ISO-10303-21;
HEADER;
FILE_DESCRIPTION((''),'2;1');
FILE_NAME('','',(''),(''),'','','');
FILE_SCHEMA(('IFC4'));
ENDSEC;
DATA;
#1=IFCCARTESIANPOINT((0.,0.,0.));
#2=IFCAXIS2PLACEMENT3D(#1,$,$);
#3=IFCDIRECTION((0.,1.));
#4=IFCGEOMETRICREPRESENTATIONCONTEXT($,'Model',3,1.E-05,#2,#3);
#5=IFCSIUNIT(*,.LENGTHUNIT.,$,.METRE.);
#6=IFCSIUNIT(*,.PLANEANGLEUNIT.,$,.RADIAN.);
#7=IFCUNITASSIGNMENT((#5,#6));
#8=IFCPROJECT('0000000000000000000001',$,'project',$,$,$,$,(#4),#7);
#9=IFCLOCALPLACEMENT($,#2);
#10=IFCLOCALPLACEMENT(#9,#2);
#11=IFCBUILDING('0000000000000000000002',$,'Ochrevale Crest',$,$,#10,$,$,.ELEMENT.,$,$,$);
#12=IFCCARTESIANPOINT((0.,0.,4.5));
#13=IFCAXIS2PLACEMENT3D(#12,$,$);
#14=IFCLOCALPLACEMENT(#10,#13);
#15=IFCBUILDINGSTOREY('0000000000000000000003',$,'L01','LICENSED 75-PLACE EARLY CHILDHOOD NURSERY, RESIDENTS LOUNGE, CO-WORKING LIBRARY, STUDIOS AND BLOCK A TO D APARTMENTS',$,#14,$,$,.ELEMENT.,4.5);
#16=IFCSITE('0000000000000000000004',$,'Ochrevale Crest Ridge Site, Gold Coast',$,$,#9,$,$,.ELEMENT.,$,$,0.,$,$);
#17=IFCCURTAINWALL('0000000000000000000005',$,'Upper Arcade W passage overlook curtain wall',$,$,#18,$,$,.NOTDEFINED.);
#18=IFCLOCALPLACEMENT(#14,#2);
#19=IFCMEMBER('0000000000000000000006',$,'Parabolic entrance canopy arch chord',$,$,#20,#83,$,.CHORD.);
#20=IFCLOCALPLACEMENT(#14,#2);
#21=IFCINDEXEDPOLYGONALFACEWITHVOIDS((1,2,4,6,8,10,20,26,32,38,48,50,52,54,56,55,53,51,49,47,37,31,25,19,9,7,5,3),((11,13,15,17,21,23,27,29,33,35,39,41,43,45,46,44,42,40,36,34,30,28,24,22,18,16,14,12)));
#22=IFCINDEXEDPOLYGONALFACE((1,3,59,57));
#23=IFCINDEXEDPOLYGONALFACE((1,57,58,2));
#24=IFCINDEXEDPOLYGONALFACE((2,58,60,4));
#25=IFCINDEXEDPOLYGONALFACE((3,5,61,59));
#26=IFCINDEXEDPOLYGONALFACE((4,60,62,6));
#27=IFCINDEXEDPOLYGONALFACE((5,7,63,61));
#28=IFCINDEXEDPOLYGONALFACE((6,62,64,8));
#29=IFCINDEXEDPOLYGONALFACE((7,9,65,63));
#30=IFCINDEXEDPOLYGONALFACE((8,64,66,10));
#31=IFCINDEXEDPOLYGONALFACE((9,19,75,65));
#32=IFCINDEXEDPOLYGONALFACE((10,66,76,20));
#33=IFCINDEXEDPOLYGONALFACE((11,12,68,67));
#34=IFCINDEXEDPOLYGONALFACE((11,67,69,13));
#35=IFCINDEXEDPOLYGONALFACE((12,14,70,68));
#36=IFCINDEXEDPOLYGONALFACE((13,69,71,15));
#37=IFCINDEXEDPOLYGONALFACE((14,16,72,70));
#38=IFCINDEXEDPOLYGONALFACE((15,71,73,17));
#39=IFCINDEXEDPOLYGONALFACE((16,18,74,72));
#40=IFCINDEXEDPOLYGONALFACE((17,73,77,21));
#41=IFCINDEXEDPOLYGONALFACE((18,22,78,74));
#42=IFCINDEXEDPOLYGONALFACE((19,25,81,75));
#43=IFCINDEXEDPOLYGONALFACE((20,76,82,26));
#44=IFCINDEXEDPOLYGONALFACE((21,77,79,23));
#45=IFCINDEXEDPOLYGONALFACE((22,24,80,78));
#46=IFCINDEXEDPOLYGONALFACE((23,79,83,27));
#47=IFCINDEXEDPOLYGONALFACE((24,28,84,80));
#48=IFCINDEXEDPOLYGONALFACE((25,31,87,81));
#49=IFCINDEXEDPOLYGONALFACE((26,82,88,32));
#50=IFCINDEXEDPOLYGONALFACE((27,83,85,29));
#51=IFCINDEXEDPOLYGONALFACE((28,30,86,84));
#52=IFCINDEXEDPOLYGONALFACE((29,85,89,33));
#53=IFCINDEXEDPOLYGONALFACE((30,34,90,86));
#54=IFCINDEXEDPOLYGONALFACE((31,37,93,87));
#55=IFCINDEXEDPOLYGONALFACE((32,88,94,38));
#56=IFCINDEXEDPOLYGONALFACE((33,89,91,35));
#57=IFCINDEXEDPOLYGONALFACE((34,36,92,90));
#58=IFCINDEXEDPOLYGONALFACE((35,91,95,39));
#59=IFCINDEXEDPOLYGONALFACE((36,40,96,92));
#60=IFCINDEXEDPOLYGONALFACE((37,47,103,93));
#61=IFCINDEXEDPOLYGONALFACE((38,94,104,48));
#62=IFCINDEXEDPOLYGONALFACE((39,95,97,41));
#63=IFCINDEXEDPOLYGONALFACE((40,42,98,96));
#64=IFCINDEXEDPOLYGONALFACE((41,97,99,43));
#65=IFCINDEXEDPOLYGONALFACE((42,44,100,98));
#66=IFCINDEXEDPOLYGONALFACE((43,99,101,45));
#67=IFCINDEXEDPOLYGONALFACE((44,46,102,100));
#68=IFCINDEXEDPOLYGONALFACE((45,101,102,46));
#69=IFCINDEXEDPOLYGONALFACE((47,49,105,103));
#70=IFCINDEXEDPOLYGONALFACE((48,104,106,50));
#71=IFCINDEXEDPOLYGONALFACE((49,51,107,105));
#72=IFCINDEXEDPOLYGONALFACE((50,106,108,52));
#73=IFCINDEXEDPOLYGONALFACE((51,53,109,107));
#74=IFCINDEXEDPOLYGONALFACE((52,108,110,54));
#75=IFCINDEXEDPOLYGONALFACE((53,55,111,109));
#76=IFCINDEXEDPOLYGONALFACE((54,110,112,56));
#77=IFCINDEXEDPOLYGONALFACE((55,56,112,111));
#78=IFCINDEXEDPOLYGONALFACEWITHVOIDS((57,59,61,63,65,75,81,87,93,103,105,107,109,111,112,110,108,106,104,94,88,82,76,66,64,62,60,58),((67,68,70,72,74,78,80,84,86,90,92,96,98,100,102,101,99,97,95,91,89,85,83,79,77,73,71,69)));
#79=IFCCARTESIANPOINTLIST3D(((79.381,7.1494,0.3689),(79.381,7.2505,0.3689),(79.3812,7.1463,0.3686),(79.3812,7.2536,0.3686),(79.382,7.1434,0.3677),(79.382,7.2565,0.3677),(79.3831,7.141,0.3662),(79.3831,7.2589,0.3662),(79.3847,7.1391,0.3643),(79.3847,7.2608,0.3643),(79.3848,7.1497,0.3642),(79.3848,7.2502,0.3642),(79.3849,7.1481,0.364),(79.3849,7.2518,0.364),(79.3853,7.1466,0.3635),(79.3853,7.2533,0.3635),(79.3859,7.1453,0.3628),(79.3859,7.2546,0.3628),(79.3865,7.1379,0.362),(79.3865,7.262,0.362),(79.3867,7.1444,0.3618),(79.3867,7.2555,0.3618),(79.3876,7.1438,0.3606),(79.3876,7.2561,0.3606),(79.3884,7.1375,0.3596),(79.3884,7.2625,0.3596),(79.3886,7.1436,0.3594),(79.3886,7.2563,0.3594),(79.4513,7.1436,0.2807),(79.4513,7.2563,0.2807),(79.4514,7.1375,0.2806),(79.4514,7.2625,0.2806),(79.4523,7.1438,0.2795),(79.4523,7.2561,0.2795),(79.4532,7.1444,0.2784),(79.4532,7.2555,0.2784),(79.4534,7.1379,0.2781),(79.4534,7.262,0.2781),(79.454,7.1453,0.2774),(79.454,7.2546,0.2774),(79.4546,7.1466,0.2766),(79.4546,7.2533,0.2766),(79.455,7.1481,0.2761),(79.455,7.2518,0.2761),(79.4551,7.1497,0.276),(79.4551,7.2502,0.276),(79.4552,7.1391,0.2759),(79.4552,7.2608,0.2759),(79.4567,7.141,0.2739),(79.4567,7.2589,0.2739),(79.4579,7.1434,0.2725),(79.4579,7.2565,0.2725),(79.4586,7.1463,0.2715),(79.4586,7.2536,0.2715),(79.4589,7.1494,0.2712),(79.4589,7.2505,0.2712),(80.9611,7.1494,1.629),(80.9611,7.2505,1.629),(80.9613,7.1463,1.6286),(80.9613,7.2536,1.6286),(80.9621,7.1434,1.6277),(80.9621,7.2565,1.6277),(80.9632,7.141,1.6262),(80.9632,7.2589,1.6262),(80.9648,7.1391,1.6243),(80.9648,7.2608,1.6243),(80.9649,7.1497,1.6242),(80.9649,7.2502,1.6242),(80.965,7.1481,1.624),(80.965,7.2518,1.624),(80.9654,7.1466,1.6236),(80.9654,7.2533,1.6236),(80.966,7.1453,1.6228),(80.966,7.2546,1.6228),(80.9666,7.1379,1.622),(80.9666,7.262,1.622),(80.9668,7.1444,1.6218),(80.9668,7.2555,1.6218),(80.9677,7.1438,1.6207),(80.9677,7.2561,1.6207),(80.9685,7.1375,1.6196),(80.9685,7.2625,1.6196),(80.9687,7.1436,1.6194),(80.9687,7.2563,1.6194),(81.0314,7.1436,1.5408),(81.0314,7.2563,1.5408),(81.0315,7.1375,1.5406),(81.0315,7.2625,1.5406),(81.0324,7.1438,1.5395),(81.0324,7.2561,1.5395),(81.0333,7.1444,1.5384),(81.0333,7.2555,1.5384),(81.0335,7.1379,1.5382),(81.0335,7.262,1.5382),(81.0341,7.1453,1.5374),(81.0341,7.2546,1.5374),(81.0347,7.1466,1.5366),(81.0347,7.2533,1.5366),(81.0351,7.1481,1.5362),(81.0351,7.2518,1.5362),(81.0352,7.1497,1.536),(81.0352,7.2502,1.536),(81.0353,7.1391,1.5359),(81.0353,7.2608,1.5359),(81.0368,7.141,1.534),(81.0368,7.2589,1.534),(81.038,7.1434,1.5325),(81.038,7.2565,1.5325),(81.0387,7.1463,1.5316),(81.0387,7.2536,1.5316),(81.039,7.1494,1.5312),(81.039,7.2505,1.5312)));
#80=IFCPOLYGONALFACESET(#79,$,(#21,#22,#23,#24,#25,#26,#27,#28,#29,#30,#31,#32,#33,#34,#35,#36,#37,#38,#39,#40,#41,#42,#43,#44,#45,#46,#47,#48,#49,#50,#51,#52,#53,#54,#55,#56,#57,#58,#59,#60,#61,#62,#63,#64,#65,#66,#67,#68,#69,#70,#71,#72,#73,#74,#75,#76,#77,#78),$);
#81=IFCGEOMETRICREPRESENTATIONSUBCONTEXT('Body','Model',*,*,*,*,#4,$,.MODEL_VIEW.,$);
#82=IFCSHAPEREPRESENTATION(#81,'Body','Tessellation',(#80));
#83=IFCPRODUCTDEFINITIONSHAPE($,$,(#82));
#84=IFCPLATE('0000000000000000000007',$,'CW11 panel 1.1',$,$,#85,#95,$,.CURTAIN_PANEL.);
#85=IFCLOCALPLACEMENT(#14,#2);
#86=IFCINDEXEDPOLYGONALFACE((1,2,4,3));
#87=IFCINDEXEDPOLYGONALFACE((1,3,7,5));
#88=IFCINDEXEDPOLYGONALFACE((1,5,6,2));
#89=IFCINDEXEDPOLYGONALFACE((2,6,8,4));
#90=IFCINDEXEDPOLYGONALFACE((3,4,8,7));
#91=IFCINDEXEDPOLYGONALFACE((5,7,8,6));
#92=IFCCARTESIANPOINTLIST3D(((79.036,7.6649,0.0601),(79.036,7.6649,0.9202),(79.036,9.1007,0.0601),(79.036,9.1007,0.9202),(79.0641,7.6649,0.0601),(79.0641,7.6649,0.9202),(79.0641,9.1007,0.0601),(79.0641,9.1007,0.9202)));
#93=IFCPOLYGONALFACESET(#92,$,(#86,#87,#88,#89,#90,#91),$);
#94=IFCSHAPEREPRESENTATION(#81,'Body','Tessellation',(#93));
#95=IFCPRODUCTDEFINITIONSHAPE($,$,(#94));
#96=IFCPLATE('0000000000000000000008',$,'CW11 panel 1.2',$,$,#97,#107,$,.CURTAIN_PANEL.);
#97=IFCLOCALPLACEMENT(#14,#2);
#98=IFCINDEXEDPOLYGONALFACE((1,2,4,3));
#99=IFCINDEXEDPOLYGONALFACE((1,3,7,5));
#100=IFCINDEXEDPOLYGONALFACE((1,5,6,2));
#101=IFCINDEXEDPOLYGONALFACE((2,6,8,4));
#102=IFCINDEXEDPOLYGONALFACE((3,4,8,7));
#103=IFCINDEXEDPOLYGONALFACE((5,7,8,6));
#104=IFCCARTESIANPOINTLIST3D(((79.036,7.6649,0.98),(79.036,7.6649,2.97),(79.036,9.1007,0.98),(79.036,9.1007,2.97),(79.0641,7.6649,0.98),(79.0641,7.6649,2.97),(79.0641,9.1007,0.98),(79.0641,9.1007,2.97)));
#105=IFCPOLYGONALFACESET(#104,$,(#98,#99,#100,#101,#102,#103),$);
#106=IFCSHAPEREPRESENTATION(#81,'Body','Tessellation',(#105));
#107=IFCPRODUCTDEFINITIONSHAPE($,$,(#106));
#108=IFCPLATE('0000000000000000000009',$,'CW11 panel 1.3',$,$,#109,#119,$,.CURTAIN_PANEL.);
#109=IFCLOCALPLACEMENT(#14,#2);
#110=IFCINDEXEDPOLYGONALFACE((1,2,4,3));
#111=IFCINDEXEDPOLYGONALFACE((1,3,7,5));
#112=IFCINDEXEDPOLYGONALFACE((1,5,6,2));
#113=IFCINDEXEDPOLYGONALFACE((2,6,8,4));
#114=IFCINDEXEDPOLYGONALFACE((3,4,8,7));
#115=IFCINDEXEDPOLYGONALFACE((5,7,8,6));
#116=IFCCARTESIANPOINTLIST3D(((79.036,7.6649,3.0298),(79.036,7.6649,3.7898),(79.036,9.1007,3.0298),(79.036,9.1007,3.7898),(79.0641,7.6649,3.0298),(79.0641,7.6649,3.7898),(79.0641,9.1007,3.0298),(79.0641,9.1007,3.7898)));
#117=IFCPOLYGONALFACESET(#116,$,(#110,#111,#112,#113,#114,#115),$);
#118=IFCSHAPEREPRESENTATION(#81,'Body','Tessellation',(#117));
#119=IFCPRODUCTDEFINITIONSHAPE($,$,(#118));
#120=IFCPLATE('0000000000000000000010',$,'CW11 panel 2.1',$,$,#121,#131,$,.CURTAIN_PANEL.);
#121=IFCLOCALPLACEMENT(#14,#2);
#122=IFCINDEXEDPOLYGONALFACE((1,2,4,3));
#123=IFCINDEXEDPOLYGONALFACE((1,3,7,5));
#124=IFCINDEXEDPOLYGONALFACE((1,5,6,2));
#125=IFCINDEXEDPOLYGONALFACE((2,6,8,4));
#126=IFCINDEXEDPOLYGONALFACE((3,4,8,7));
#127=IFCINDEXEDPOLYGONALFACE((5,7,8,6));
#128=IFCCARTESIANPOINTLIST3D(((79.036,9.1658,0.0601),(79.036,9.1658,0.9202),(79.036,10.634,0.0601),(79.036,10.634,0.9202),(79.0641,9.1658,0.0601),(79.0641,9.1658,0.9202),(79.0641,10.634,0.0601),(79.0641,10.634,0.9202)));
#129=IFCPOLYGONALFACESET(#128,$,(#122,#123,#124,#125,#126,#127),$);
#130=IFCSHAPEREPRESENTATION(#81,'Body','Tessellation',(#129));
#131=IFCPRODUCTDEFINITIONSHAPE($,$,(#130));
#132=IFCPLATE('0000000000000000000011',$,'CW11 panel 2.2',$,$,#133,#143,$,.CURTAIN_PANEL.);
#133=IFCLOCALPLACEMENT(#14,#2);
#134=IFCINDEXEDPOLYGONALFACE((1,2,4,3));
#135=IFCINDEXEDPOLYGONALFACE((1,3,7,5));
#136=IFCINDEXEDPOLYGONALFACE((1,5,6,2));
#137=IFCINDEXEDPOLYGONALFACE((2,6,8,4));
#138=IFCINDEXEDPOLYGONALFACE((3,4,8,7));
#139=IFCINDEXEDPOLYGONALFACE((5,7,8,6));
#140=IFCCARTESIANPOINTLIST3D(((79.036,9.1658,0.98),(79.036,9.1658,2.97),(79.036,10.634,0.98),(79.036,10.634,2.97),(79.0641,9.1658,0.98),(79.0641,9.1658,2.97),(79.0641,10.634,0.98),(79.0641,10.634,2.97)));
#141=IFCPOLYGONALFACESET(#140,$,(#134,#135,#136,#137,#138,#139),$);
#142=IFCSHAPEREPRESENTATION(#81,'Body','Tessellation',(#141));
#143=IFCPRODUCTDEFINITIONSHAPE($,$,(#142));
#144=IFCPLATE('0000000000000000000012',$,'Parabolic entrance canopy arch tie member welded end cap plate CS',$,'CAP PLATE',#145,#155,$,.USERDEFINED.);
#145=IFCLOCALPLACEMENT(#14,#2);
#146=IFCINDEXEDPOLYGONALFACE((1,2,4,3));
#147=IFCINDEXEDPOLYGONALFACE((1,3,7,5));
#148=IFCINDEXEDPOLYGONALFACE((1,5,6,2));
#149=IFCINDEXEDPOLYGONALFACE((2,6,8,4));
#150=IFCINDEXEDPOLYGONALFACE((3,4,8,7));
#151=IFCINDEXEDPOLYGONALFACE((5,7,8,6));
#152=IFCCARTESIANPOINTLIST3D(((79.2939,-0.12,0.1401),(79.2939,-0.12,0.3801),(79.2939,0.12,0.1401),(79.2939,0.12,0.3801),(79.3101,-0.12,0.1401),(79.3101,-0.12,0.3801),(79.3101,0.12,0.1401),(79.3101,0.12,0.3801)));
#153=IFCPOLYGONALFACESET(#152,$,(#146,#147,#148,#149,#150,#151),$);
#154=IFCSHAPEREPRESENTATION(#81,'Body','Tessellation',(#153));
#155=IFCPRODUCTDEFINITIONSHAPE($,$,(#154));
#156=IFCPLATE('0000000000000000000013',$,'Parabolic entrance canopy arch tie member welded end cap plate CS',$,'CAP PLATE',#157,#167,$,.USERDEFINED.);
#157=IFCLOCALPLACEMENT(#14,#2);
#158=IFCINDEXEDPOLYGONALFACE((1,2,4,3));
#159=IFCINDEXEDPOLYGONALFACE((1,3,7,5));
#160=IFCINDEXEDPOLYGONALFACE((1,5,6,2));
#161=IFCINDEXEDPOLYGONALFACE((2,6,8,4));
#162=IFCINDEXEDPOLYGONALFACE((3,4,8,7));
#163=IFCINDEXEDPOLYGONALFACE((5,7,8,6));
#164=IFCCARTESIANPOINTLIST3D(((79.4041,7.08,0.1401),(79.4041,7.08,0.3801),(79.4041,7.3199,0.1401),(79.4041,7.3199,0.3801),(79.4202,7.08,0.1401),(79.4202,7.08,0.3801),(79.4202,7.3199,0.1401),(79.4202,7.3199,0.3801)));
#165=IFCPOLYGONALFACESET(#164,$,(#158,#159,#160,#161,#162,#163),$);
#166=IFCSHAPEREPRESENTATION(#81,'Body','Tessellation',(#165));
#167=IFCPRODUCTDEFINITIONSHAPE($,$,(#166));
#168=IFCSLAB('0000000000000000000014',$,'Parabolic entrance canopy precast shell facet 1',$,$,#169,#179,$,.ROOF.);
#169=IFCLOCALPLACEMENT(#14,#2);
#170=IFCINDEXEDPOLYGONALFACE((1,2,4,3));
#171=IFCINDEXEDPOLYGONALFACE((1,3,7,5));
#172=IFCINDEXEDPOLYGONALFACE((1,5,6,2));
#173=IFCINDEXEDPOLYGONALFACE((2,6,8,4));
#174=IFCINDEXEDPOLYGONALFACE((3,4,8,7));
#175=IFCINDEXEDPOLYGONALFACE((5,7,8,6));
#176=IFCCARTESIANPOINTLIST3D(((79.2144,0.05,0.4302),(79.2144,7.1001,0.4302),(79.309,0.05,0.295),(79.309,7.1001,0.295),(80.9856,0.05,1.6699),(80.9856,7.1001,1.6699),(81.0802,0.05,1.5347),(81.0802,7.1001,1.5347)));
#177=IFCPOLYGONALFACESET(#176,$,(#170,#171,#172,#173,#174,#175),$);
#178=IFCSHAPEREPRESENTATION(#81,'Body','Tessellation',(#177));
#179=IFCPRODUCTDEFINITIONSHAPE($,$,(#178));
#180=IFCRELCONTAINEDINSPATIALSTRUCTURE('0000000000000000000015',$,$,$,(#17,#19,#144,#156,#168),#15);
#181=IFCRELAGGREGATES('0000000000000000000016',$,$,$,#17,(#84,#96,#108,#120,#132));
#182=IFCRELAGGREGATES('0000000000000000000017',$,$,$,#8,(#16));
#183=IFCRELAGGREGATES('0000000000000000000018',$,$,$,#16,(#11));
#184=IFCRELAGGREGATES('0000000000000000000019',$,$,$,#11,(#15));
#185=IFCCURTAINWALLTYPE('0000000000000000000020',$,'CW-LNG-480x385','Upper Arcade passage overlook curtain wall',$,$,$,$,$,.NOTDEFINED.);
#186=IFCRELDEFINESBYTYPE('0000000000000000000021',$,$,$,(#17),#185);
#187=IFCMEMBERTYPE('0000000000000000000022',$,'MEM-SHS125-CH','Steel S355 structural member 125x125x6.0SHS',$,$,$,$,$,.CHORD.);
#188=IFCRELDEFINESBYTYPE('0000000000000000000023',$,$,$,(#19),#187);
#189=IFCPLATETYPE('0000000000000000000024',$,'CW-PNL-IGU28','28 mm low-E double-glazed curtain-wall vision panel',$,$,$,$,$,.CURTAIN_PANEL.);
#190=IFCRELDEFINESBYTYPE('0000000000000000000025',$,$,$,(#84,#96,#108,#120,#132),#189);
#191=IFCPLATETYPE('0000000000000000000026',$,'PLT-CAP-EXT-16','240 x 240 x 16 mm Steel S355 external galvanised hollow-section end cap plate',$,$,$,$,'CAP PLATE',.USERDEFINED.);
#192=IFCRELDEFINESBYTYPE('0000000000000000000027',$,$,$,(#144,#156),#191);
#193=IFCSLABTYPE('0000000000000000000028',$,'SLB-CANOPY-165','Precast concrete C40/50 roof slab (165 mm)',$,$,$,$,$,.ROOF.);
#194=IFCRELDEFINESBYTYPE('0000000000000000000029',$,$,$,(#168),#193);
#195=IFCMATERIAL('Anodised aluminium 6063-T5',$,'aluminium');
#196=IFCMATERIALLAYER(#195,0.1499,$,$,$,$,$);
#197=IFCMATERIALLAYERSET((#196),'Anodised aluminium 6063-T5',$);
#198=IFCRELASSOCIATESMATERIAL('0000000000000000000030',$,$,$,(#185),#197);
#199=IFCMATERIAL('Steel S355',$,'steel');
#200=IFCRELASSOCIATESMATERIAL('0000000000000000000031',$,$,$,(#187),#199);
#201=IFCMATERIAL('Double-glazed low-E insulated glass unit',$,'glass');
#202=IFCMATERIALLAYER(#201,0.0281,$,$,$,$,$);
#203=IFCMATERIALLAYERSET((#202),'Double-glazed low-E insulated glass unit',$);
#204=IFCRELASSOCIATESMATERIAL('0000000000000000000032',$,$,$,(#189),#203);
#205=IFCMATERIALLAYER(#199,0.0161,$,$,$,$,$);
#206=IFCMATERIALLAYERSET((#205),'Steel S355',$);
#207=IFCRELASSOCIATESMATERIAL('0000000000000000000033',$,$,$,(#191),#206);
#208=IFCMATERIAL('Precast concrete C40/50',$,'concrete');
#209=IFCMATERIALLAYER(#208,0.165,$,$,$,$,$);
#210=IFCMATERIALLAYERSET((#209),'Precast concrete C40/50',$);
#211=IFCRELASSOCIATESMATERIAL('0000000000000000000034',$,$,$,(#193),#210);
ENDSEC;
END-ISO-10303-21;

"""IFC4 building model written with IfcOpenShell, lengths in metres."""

from ifc_helpers import new_model, si_unit, direction, frame, origin, origin_2d, place, context, subcontext, project, spatial, polyline, rectangle, hollow_rectangle, outline, extrude, material, layer, layer_set, material_profile, profile_set, type_object, element, aggregate, save


model = new_model("IFC4")

# Units and contexts
model_context = context("Model", 3, precision=1e-05, world=origin(), true_north=direction((0.0, 1.0)))
body_context = subcontext(model_context, "Body", "Model", "MODEL_VIEW")
ifc_project = project(units=[si_unit("LENGTHUNIT", "METRE"), si_unit("PLANEANGLEUNIT", "RADIAN")], contexts=[model_context])

# Site, building, storey
site_placement = place(None, origin())
site = spatial("IfcSite", under=ifc_project, at=site_placement, Name="Ochrevale Crest Ridge Site, Gold Coast", CompositionType="ELEMENT", RefElevation=0.0)
building_placement = place(site_placement, origin())
building = spatial("IfcBuilding", under=site, at=building_placement, Name="Ochrevale Crest", CompositionType="ELEMENT")
storey_placement = place(building_placement, frame((0.0, 0.0, 4.5)))
storey = spatial("IfcBuildingStorey", under=building, at=storey_placement, Name="L01", Description="LICENSED 75-PLACE EARLY CHILDHOOD NURSERY, RESIDENTS LOUNGE, CO-WORKING LIBRARY, STUDIOS AND BLOCK A TO D APARTMENTS", CompositionType="ELEMENT", Elevation=4.5)

# Shared definitions
ifc_material_1 = material(Name="Precast concrete C40/50", Category="concrete")

# Shared definitions
ifc_material_2 = material(Name="Steel S355", Category="steel")

# Curtain wall
ifc_material_3 = material(Name="Anodised aluminium 6063-T5", Category="aluminium")
ifc_layer_1 = layer(ifc_material_3, 0.1499)
ifc_layer_set_1 = layer_set([ifc_layer_1], Name="Anodised aluminium 6063-T5")
curtain_wall_type = type_object("IfcCurtainWallType", Name="CW-LNG-480x385", Description="Upper Arcade passage overlook curtain wall", PredefinedType="NOTDEFINED", material=ifc_layer_set_1)
curtain_wall_placement = place(storey_placement, origin())
curtain_wall = element("IfcCurtainWall", 1, at=curtain_wall_placement, inside=storey, type_object=curtain_wall_type, Name="Upper Arcade W passage overlook curtain wall", PredefinedType="NOTDEFINED")

# Member
ifc_material_profile_1 = material_profile(ifc_material_2, hollow_rectangle(XDim=0.125, YDim=0.125, WallThickness=0.0061, InnerFilletRadius=0.0061, OuterFilletRadius=0.012, at=origin_2d()), Name="125x125x6.0SHS")
ifc_profile_set_1 = profile_set([ifc_material_profile_1], Name="Steel S355")
member_type_1 = type_object("IfcMemberType", Name="MEM-SHS125-CH", Description="Steel S355 structural member 125x125x6.0SHS", PredefinedType="CHORD", material=ifc_profile_set_1)
member_1_placement = place(storey_placement, frame((79.4199, 7.2, 0.3201), z_axis=(0.781846, 0.0, 0.623472), x_axis=(0.0, 1.0, 0.0)))
element("IfcMember", 2, at=member_1_placement, inside=storey, type_object=member_type_1, Name="Parabolic entrance canopy arch chord", PredefinedType="CHORD", context=body_context, shape_type="SweptSolid", body=[
    extrude(hollow_rectangle(XDim=0.125, YDim=0.125, WallThickness=0.0061, InnerFilletRadius=0.0061, OuterFilletRadius=0.012, at=origin_2d()), origin(), (0.0, 0.0, 1.0), 2.021),
])

# Plates
ifc_material_4 = material(Name="Double-glazed low-E insulated glass unit", Category="glass")
ifc_layer_2 = layer(ifc_material_4, 0.0281)
ifc_layer_set_2 = layer_set([ifc_layer_2], Name="Double-glazed low-E insulated glass unit")
plate_type_1 = type_object("IfcPlateType", Name="CW-PNL-IGU28", Description="28 mm low-E double-glazed curtain-wall vision panel", PredefinedType="CURTAIN_PANEL", material=ifc_layer_set_2)
plate_1_placement = place(storey_placement, frame((79.05, 8.3828, 0.0601), z_axis=(0.0, 0.0, 1.0), x_axis=(0.0, 1.0, 0.0)))
plate_1 = element("IfcPlate", 3, at=plate_1_placement, type_object=plate_type_1, Name="CW11 panel 1.1", PredefinedType="CURTAIN_PANEL", context=body_context, shape_type="SweptSolid", body=[
    extrude(rectangle(XDim=1.4358, YDim=0.0281, at=origin_2d()), origin(), (0.0, 0.0, 1.0), 0.8601),
])
plate_2_placement = place(storey_placement, frame((79.05, 8.3828, 0.98), z_axis=(0.0, 0.0, 1.0), x_axis=(0.0, 1.0, 0.0)))
plate_2 = element("IfcPlate", 4, at=plate_2_placement, type_object=plate_type_1, Name="CW11 panel 1.2", PredefinedType="CURTAIN_PANEL", context=body_context, shape_type="SweptSolid", body=[
    extrude(rectangle(XDim=1.4358, YDim=0.0281, at=origin_2d()), origin(), (0.0, 0.0, 1.0), 1.99),
])
plate_3_placement = place(storey_placement, frame((79.05, 8.3828, 3.0298), z_axis=(0.0, 0.0, 1.0), x_axis=(0.0, 1.0, 0.0)))
plate_3 = element("IfcPlate", 5, at=plate_3_placement, type_object=plate_type_1, Name="CW11 panel 1.3", PredefinedType="CURTAIN_PANEL", context=body_context, shape_type="SweptSolid", body=[
    extrude(rectangle(XDim=1.4358, YDim=0.0281, at=origin_2d()), origin(), (0.0, 0.0, 1.0), 0.76),
])
plate_4_placement = place(storey_placement, frame((79.05, 9.8999, 0.0601), z_axis=(0.0, 0.0, 1.0), x_axis=(0.0, 1.0, 0.0)))
plate_4 = element("IfcPlate", 6, at=plate_4_placement, type_object=plate_type_1, Name="CW11 panel 2.1", PredefinedType="CURTAIN_PANEL", context=body_context, shape_type="SweptSolid", body=[
    extrude(rectangle(XDim=1.4683, YDim=0.0281, at=origin_2d()), origin(), (0.0, 0.0, 1.0), 0.8601),
])
plate_5_placement = place(storey_placement, frame((79.05, 9.8999, 0.98), z_axis=(0.0, 0.0, 1.0), x_axis=(0.0, 1.0, 0.0)))
plate_5 = element("IfcPlate", 7, at=plate_5_placement, type_object=plate_type_1, Name="CW11 panel 2.2", PredefinedType="CURTAIN_PANEL", context=body_context, shape_type="SweptSolid", body=[
    extrude(rectangle(XDim=1.4683, YDim=0.0281, at=origin_2d()), origin(), (0.0, 0.0, 1.0), 1.99),
])
aggregate(curtain_wall, [plate_1, plate_2, plate_3, plate_4, plate_5])

# Plates
ifc_layer_3 = layer(ifc_material_2, 0.0161)
ifc_layer_set_3 = layer_set([ifc_layer_3], Name="Steel S355")
plate_type_2 = type_object("IfcPlateType", Name="PLT-CAP-EXT-16", Description="240 x 240 x 16 mm Steel S355 external galvanised hollow-section end cap plate", ElementType="CAP PLATE", PredefinedType="USERDEFINED", material=ifc_layer_set_3)
for number, where, z_axis, x_axis, name in (
    (8, (79.302, 0.0, 0.1401), (0.0, 0.0, 1.0), (1.0, 0.0, 0.0), "Parabolic entrance canopy arch tie member welded end cap plate CS"),
    (9, (79.4121, 7.2, 0.1401), (0.0, 0.0, 1.0), (1.0, 0.0, 0.0), "Parabolic entrance canopy arch tie member welded end cap plate CS"),
):
    element("IfcPlate", number, at=place(storey_placement, frame(where, z_axis=z_axis, x_axis=x_axis)), inside=storey, type_object=plate_type_2, Name=name, ObjectType="CAP PLATE", PredefinedType="USERDEFINED", context=body_context, shape_type="SweptSolid", body=[
        extrude(rectangle(XDim=0.0161, YDim=0.24, at=origin_2d()), origin(), (0.0, 0.0, 1.0), 0.24),
    ])

# Slab
ifc_layer_4 = layer(ifc_material_1, 0.165)
ifc_layer_set_4 = layer_set([ifc_layer_4], Name="Precast concrete C40/50")
slab_type = type_object("IfcSlabType", Name="SLB-CANOPY-165", Description="Precast concrete C40/50 roof slab (165 mm)", PredefinedType="ROOF", material=ifc_layer_set_4)
slab_placement = place(storey_placement, frame((79.2144, 0.05, 0.4302), z_axis=(-0.573424, 0.0, 0.819258), x_axis=(0.819258, 0.0, 0.573424)))
element("IfcSlab", 10, at=slab_placement, inside=storey, type_object=slab_type, Name="Parabolic entrance canopy precast shell facet 1", PredefinedType="ROOF", context=body_context, shape_type="SweptSolid", body=[
    extrude(outline(polyline([(0.0, 0.0), (2.162, 0.0), (2.162, 7.05), (0.0, 7.05), (0.0, 0.0)])), origin(), (0.0, 0.0, -1.0), 0.165),
])

save(model, "model.ifc")
